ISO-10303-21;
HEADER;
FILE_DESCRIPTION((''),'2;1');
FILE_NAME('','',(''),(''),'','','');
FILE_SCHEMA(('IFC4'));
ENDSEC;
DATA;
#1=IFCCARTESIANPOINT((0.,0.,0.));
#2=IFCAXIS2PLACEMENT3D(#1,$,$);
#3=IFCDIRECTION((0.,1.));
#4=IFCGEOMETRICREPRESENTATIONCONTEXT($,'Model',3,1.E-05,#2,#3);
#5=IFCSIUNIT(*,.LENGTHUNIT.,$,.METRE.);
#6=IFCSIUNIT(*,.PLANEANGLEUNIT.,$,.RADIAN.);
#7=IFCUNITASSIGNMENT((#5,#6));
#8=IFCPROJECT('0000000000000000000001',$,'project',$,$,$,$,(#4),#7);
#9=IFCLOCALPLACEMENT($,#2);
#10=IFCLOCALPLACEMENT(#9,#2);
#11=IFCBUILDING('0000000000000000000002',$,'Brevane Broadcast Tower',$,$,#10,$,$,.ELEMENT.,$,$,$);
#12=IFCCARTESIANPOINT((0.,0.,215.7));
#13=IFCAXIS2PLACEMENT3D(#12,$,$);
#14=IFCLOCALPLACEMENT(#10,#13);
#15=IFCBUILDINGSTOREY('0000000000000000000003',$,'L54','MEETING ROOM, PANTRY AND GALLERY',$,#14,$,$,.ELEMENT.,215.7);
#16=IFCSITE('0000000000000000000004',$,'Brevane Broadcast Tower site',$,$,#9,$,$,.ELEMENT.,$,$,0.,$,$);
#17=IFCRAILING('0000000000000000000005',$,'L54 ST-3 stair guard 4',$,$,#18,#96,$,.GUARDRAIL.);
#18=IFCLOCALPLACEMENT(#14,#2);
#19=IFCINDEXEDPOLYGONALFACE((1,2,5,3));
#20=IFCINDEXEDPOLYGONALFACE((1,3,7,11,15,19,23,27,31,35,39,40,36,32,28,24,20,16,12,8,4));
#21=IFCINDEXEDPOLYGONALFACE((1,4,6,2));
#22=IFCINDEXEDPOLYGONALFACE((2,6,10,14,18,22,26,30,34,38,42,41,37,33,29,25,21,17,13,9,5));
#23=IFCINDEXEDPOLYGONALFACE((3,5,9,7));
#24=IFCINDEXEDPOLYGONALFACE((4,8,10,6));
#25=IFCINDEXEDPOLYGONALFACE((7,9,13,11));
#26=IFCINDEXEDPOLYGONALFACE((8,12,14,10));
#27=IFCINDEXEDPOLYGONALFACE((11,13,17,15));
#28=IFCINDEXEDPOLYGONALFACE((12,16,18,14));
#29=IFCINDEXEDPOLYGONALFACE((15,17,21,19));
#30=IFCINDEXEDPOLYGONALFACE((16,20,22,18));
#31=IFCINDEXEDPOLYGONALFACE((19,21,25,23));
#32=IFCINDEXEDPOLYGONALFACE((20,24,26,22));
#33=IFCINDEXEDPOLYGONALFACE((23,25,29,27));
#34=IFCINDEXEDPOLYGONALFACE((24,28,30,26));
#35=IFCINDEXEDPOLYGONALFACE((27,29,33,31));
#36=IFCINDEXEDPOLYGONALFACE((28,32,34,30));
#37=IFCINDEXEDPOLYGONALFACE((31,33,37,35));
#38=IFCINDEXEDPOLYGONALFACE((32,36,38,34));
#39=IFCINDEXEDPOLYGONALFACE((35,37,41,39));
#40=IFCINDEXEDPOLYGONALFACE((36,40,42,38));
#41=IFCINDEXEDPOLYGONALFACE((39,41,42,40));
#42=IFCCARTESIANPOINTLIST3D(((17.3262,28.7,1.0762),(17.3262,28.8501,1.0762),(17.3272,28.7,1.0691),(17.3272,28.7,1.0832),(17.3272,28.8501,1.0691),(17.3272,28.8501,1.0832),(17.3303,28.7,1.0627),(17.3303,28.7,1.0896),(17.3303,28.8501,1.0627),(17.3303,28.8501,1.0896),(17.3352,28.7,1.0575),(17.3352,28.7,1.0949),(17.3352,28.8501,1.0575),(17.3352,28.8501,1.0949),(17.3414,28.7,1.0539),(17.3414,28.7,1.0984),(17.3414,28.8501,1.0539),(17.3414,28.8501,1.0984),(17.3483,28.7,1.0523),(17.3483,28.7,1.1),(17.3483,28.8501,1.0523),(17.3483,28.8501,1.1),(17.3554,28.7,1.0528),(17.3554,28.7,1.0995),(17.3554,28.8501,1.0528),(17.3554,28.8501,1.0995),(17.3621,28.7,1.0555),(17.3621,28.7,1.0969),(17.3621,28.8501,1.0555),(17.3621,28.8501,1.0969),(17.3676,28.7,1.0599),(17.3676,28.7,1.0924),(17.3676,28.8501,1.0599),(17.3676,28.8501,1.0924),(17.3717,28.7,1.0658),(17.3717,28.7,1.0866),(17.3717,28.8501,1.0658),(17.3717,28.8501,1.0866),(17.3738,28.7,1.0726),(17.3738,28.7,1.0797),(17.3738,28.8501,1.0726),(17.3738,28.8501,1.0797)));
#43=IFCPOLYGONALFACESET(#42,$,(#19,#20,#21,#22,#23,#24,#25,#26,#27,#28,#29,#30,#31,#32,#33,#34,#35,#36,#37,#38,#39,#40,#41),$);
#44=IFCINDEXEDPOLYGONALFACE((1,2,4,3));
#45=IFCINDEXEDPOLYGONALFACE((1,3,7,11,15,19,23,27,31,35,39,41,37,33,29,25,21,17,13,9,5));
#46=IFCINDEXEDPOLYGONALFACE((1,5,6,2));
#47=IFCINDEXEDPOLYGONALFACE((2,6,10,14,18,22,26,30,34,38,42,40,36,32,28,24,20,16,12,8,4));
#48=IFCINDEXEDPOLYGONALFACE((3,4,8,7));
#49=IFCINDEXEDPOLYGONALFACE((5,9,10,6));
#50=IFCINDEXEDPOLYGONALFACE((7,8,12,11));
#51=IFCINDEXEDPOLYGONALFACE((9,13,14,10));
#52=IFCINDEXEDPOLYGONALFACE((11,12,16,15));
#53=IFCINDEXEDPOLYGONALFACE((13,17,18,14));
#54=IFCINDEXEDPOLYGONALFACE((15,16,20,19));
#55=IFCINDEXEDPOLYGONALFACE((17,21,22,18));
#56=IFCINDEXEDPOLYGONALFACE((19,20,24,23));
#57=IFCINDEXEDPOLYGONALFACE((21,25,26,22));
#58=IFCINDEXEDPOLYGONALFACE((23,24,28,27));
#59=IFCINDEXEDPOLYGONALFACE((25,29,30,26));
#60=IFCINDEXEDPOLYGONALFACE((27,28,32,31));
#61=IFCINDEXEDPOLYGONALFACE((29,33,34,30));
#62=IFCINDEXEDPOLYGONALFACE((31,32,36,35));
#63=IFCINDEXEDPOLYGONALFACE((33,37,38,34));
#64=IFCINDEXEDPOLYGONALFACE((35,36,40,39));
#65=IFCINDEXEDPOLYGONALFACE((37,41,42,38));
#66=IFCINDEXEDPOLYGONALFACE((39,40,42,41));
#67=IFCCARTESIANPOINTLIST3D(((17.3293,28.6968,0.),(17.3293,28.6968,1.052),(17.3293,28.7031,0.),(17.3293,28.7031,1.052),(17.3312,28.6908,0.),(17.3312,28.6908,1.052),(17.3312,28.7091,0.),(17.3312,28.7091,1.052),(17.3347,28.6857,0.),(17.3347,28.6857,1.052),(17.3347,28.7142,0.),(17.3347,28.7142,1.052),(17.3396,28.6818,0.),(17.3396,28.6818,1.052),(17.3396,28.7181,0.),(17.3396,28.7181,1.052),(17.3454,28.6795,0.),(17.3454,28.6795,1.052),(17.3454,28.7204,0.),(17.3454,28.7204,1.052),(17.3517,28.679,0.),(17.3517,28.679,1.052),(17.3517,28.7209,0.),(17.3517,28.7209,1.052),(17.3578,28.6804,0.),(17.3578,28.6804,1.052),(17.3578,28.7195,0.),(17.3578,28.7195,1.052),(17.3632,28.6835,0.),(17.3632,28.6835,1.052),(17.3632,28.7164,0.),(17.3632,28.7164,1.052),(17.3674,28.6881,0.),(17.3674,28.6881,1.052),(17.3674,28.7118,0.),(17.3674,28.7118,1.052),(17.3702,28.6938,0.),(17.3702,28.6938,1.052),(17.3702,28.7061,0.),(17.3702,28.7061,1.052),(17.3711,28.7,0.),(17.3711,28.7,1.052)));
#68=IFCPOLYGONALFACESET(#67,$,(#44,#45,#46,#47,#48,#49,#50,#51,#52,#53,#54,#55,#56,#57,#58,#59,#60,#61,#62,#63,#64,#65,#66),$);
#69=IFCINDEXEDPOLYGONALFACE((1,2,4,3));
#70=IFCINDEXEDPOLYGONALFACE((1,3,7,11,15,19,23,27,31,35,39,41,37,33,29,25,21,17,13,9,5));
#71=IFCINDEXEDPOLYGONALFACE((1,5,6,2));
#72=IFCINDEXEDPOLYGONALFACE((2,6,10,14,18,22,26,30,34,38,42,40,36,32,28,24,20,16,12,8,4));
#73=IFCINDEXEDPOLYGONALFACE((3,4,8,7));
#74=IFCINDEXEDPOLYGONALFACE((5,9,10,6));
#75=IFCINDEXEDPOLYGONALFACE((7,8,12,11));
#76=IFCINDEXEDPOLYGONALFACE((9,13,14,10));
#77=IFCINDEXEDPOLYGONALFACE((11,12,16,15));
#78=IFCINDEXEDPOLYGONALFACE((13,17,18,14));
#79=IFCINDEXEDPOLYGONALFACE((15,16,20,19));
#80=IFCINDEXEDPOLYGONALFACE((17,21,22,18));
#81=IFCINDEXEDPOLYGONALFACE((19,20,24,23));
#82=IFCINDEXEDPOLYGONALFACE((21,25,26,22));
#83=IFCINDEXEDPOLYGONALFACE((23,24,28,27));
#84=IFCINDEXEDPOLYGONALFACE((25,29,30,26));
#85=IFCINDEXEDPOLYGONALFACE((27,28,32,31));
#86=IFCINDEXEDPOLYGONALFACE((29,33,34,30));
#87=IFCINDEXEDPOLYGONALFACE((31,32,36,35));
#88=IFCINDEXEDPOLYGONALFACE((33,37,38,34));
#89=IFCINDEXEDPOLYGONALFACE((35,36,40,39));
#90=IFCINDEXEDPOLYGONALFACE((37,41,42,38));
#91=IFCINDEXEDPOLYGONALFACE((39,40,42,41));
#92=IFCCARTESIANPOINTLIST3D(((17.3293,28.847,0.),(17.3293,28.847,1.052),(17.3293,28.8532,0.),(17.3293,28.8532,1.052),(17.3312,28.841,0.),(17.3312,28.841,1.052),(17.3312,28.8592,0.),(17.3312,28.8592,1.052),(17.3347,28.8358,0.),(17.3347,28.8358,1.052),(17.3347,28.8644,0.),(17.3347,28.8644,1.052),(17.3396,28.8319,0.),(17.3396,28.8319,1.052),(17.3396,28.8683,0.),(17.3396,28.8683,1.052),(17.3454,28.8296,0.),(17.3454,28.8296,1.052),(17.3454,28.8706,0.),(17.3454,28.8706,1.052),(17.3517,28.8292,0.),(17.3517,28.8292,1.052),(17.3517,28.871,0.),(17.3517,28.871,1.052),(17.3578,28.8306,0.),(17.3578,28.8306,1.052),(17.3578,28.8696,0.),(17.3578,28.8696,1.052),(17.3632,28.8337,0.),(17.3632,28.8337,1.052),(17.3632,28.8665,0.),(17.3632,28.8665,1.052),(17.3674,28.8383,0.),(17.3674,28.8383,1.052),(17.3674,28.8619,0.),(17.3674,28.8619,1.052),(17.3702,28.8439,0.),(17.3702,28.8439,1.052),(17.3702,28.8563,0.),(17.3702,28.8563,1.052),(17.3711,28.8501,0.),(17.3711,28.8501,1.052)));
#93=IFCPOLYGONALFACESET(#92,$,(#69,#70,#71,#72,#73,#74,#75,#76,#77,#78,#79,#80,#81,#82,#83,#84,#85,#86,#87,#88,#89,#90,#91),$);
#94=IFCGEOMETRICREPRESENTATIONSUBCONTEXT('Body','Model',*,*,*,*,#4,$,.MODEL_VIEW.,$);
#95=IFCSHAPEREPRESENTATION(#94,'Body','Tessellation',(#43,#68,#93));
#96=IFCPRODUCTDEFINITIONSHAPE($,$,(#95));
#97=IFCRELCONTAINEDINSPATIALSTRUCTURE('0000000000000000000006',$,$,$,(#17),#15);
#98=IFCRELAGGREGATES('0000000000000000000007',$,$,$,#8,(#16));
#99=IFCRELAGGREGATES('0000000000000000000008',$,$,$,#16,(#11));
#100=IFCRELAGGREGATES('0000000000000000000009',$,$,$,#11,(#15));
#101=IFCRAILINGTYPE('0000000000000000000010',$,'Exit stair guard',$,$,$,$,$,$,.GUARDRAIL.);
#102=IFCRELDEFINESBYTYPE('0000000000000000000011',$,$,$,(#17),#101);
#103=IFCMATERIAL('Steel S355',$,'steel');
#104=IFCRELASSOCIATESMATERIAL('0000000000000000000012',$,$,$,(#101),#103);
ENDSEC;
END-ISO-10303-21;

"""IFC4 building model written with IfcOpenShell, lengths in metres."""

from ifc_helpers import new_model, si_unit, direction, frame, origin, origin_2d, place, context, subcontext, project, spatial, circle, extrude, material, type_object, element, save


model = new_model("IFC4")

# Units and contexts
model_context = context("Model", 3, precision=1e-05, world=origin(), true_north=direction((0.0, 1.0)))
body_context = subcontext(model_context, "Body", "Model", "MODEL_VIEW")
ifc_project = project(units=[si_unit("LENGTHUNIT", "METRE"), si_unit("PLANEANGLEUNIT", "RADIAN")], contexts=[model_context])

# Site, building, storey
site_placement = place(None, origin())
site = spatial("IfcSite", under=ifc_project, at=site_placement, Name="Brevane Broadcast Tower site", CompositionType="ELEMENT", RefElevation=0.0)
building_placement = place(site_placement, origin())
building = spatial("IfcBuilding", under=site, at=building_placement, Name="Brevane Broadcast Tower", CompositionType="ELEMENT")
storey_placement = place(building_placement, frame((0.0, 0.0, 215.7)))
storey = spatial("IfcBuildingStorey", under=building, at=storey_placement, Name="L54", Description="MEETING ROOM, PANTRY AND GALLERY", CompositionType="ELEMENT", Elevation=215.7)

# Railing
ifc_material_1 = material(Name="Steel S355", Category="steel")
railing_type_1 = type_object("IfcRailingType", Name="Exit stair guard", PredefinedType="GUARDRAIL", material=ifc_material_1)
railing_1_placement = place(storey_placement, frame((17.3501, 28.7, 0.0)))
element("IfcRailing", 1, at=railing_1_placement, inside=storey, type_object=railing_type_1, Name="L54 ST-3 stair guard 4", PredefinedType="GUARDRAIL", context=body_context, shape_type="SweptSolid", body=[
    extrude(circle(Radius=0.0239, at=origin_2d()), frame((0.0, 0.0, 1.0762), z_axis=(0.0, 1.0, 0.0), x_axis=(-1.0, 0.0, 0.0)), (0.0, 0.0, 1.0), 0.1501),
    extrude(circle(Radius=0.021, at=origin_2d()), origin(), (0.0, 0.0, 1.0), 1.052),
    extrude(circle(Radius=0.021, at=origin_2d()), frame((0.0, 0.1501, 0.0)), (0.0, 0.0, 1.0), 1.052),
])

save(model, "model.ifc")
